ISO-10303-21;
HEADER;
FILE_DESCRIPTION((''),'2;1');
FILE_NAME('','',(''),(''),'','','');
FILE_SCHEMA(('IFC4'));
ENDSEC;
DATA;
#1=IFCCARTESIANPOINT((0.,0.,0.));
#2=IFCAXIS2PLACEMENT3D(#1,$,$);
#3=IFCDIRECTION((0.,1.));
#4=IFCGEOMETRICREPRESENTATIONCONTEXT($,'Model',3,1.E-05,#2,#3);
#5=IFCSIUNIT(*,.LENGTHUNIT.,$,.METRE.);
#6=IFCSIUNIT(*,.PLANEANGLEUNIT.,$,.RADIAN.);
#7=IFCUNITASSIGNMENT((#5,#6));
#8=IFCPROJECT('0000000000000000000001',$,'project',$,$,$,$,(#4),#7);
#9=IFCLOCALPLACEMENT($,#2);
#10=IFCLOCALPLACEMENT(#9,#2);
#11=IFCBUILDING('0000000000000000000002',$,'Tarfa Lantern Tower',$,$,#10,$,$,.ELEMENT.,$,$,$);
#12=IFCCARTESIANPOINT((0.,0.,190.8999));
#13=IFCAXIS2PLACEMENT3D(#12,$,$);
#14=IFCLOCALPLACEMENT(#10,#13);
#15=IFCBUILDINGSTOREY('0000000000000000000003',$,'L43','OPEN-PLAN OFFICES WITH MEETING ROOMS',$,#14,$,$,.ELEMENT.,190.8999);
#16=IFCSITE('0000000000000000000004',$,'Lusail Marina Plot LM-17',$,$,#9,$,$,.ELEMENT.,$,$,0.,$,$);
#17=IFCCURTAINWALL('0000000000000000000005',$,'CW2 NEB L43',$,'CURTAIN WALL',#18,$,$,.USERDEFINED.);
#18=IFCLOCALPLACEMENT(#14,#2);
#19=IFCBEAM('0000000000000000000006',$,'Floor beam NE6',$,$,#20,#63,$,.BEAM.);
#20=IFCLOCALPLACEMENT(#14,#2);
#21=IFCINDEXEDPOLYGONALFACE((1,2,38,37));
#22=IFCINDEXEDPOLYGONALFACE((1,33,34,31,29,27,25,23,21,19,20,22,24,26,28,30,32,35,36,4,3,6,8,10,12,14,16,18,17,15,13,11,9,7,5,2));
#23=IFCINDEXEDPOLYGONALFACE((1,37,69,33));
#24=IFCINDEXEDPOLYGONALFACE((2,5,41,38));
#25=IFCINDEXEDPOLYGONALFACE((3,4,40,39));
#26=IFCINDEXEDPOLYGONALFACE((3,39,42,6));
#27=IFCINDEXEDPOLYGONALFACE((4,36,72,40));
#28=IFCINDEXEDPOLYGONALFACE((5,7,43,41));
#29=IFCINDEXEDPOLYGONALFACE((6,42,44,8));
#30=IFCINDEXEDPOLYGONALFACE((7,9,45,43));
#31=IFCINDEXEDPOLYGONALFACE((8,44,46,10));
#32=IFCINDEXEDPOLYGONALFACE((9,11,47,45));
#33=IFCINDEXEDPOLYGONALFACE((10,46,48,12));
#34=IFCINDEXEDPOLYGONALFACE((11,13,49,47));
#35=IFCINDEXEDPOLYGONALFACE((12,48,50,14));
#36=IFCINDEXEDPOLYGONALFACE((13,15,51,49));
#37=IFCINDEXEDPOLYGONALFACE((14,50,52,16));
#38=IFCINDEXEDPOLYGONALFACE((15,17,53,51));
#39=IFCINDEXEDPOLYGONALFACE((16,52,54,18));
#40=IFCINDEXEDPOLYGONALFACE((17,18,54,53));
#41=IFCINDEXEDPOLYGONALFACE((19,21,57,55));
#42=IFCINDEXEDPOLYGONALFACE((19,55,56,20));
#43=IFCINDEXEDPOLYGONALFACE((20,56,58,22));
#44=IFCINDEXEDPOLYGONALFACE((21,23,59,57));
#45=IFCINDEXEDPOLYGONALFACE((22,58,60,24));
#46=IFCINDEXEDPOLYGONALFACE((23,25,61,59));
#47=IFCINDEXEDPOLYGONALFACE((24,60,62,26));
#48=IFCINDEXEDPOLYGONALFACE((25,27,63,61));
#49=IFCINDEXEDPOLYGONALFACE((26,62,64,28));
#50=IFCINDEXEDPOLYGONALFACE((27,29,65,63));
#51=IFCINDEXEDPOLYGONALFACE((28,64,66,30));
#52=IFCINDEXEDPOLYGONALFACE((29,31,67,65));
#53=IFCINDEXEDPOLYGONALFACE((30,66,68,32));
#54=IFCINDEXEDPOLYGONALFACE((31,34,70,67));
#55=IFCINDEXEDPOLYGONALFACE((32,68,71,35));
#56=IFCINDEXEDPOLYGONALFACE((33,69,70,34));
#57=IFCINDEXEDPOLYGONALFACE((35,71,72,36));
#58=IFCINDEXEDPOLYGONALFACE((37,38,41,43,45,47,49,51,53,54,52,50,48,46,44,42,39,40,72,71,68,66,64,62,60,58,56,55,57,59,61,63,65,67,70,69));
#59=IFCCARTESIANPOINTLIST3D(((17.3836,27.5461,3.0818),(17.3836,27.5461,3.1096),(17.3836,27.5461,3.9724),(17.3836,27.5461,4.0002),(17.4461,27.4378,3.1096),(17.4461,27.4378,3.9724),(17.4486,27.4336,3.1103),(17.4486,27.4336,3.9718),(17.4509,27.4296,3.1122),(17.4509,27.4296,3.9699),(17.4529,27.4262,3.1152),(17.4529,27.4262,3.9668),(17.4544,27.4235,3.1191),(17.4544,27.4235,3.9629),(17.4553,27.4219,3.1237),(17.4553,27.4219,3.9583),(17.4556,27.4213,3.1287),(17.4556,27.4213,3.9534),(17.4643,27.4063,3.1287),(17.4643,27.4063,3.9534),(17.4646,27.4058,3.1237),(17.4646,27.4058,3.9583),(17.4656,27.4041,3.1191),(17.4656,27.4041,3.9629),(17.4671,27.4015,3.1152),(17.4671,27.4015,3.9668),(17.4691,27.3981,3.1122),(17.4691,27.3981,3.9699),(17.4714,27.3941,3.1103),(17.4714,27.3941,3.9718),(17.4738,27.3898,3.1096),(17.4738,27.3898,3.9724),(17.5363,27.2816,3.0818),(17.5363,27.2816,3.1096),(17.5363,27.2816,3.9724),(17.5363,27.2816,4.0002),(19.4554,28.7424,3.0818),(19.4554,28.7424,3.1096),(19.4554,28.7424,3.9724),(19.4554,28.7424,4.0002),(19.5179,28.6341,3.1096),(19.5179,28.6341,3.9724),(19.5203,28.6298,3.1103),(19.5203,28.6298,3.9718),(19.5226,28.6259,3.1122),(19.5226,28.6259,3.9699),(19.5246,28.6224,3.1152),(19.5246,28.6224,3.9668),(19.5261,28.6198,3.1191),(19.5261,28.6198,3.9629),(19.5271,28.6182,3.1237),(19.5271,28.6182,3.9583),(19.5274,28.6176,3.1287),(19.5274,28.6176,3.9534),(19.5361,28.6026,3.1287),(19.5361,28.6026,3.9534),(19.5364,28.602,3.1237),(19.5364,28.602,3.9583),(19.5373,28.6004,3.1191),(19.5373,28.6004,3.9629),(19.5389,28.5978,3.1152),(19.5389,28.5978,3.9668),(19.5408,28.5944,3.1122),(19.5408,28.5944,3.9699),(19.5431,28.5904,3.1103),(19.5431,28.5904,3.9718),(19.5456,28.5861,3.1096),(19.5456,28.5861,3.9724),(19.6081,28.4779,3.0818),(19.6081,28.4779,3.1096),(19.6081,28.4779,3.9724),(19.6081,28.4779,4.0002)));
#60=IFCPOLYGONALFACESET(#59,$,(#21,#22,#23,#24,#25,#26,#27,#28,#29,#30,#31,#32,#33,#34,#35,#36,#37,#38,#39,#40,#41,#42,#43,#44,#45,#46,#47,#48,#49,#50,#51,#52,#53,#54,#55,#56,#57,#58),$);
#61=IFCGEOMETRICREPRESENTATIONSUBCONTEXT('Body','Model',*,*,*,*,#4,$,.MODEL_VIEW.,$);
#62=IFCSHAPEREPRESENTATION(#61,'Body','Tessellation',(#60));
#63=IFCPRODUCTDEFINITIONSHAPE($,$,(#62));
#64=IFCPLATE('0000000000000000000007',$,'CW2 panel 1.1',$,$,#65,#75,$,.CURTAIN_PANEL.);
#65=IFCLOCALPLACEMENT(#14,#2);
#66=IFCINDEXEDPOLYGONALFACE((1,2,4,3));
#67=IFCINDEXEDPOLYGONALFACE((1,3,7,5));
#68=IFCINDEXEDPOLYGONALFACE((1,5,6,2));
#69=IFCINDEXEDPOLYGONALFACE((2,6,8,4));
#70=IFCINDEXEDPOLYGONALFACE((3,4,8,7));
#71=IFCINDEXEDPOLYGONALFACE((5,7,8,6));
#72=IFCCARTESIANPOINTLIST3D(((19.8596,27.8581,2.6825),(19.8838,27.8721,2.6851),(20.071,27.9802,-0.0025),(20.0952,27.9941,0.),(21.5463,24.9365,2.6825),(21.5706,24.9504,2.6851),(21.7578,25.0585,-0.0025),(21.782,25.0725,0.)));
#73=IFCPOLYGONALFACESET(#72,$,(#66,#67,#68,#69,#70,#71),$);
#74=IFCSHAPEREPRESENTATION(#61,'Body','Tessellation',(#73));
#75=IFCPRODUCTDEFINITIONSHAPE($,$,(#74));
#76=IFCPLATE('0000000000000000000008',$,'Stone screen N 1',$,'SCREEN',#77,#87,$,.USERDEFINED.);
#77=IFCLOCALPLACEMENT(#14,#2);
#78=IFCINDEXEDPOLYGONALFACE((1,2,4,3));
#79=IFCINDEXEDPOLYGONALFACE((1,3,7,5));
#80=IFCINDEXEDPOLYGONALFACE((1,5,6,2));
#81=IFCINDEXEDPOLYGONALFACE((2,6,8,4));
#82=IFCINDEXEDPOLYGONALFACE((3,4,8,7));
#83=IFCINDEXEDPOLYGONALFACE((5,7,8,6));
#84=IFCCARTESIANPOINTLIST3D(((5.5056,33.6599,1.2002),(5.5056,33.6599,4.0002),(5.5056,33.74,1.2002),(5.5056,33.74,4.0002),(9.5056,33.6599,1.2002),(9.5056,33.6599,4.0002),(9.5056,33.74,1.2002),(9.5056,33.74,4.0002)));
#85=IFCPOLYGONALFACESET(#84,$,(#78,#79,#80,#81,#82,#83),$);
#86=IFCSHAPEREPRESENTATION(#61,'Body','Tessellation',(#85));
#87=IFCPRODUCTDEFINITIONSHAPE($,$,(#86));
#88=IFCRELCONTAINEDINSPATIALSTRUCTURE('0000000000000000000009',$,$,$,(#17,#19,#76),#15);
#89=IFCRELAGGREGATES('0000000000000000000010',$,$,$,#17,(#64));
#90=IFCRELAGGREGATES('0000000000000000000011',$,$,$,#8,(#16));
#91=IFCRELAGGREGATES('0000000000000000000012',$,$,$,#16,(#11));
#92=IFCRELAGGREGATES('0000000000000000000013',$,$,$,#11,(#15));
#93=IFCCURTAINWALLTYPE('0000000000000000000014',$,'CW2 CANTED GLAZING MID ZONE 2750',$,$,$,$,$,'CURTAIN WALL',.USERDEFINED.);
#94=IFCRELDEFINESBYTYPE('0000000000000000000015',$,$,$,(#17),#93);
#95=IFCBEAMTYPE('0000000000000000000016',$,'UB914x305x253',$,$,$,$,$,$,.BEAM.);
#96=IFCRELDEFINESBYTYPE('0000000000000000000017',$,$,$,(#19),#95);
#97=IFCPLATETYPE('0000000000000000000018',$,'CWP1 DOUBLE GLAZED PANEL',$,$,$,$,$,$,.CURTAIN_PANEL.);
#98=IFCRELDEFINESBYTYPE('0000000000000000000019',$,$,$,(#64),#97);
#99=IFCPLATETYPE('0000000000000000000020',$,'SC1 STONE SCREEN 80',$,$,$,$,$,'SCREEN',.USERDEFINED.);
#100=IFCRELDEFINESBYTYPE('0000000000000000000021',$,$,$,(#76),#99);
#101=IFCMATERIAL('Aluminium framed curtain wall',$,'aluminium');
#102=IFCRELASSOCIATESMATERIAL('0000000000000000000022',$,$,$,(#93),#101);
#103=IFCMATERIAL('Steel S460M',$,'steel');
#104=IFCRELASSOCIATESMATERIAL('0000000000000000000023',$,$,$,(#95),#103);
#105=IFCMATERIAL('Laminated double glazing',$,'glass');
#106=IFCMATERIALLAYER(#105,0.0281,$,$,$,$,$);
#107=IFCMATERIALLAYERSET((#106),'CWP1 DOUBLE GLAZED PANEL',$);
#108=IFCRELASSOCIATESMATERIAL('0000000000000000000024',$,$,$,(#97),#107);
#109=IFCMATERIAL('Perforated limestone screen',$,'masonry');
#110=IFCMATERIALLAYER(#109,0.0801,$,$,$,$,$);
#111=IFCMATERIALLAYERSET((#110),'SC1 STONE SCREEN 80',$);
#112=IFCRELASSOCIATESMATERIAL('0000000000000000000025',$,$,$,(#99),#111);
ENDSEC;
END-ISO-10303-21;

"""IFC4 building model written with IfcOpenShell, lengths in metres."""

from ifc_helpers import new_model, si_unit, direction, frame, origin, origin_2d, place, context, subcontext, project, spatial, polyline, rectangle, i_section, outline, extrude, material, layer, layer_set, material_profile, profile_set, type_object, element, aggregate, save


model = new_model("IFC4")

# Units and contexts
model_context = context("Model", 3, precision=1e-05, world=origin(), true_north=direction((0.0, 1.0)))
body_context = subcontext(model_context, "Body", "Model", "MODEL_VIEW")
ifc_project = project(units=[si_unit("LENGTHUNIT", "METRE"), si_unit("PLANEANGLEUNIT", "RADIAN")], contexts=[model_context])

# Site, building, storey
site_placement = place(None, origin())
site = spatial("IfcSite", under=ifc_project, at=site_placement, Name="Lusail Marina Plot LM-17", CompositionType="ELEMENT", RefElevation=0.0)
building_placement = place(site_placement, origin())
building = spatial("IfcBuilding", under=site, at=building_placement, Name="Tarfa Lantern Tower", CompositionType="ELEMENT")
storey_placement = place(building_placement, frame((0.0, 0.0, 190.8999)))
storey = spatial("IfcBuildingStorey", under=building, at=storey_placement, Name="L43", Description="OPEN-PLAN OFFICES WITH MEETING ROOMS", CompositionType="ELEMENT", Elevation=190.8999)

# Shared definitions
ifc_material_1 = material(Name="Aluminium framed curtain wall", Category="aluminium")
curtain_wall_type = type_object("IfcCurtainWallType", Name="CW2 CANTED GLAZING MID ZONE 2750", ElementType="CURTAIN WALL", PredefinedType="USERDEFINED", material=ifc_material_1)

# Curtain wall
curtain_wall_1_placement = place(storey_placement, origin())
curtain_wall_1 = element("IfcCurtainWall", 1, at=curtain_wall_1_placement, inside=storey, type_object=curtain_wall_type, Name="CW2 NEB L43", ObjectType="CURTAIN WALL", PredefinedType="USERDEFINED")

# Beam
ifc_material_2 = material(Name="Steel S460M", Category="steel")
ifc_material_profile_1 = material_profile(ifc_material_2, i_section(OverallWidth=0.3054, OverallDepth=0.9185, WebThickness=0.0173, FlangeThickness=0.0278, FilletRadius=0.019, at=origin_2d()), Name="UB914x305x253")
ifc_profile_set_1 = profile_set([ifc_material_profile_1], Name="Steel S460M")
beam_type_1 = type_object("IfcBeamType", Name="UB914x305x253", PredefinedType="BEAM", material=ifc_profile_set_1)
beam_1_placement = place(storey_placement, frame((19.5317, 28.6101, 3.541), z_axis=(-0.865999, -0.500046, 0.0), x_axis=(0.500046, -0.865999, 0.0)))
element("IfcBeam", 2, at=beam_1_placement, inside=storey, type_object=beam_type_1, Name="Floor beam NE6", PredefinedType="BEAM", context=body_context, shape_type="SweptSolid", body=[
    extrude(i_section(OverallWidth=0.3054, OverallDepth=0.9185, WebThickness=0.0173, FlangeThickness=0.0278, FilletRadius=0.019, at=origin_2d()), origin(), (0.0, 0.0, 1.0), 2.3923),
])

# Plates
ifc_material_3 = material(Name="Laminated double glazing", Category="glass")
ifc_layer_1 = layer(ifc_material_3, 0.0281)
ifc_layer_set_1 = layer_set([ifc_layer_1], Name="CWP1 DOUBLE GLAZED PANEL")
plate_type_1 = type_object("IfcPlateType", Name="CWP1 DOUBLE GLAZED PANEL", PredefinedType="CURTAIN_PANEL", material=ifc_layer_set_1)
plate_1_placement = place(storey_placement, frame((21.782, 25.0725, 0.0), z_axis=(0.862472, 0.497938, 0.09055), x_axis=(-0.499992, 0.86603, 0.0)))
plate_1 = element("IfcPlate", 3, at=plate_1_placement, type_object=plate_type_1, Name="CW2 panel 1.1", PredefinedType="CURTAIN_PANEL", context=body_context, shape_type="SweptSolid", body=[
    extrude(outline(polyline([(0.0, 0.0), (3.3736, 0.0), (3.3736, 2.6961), (0.0, 2.6961), (0.0, 0.0)])), origin(), (0.0, 0.0, -1.0), 0.0281),
])
aggregate(curtain_wall_1, [plate_1])
ifc_material_4 = material(Name="Perforated limestone screen", Category="masonry")
ifc_layer_2 = layer(ifc_material_4, 0.0801)
ifc_layer_set_2 = layer_set([ifc_layer_2], Name="SC1 STONE SCREEN 80")
plate_type_2 = type_object("IfcPlateType", Name="SC1 STONE SCREEN 80", ElementType="SCREEN", PredefinedType="USERDEFINED", material=ifc_layer_set_2)
plate_2_placement = place(storey_placement, frame((7.5056, 33.7, 1.2002), z_axis=(0.0, 0.0, 1.0), x_axis=(-1.0, 0.0, 0.0)))
element("IfcPlate", 4, at=plate_2_placement, inside=storey, type_object=plate_type_2, Name="Stone screen N 1", ObjectType="SCREEN", PredefinedType="USERDEFINED", context=body_context, shape_type="SweptSolid", body=[
    extrude(rectangle(XDim=4.0, YDim=0.0801, at=origin_2d()), origin(), (0.0, 0.0, 1.0), 2.8),
])

save(model, "model.ifc")
